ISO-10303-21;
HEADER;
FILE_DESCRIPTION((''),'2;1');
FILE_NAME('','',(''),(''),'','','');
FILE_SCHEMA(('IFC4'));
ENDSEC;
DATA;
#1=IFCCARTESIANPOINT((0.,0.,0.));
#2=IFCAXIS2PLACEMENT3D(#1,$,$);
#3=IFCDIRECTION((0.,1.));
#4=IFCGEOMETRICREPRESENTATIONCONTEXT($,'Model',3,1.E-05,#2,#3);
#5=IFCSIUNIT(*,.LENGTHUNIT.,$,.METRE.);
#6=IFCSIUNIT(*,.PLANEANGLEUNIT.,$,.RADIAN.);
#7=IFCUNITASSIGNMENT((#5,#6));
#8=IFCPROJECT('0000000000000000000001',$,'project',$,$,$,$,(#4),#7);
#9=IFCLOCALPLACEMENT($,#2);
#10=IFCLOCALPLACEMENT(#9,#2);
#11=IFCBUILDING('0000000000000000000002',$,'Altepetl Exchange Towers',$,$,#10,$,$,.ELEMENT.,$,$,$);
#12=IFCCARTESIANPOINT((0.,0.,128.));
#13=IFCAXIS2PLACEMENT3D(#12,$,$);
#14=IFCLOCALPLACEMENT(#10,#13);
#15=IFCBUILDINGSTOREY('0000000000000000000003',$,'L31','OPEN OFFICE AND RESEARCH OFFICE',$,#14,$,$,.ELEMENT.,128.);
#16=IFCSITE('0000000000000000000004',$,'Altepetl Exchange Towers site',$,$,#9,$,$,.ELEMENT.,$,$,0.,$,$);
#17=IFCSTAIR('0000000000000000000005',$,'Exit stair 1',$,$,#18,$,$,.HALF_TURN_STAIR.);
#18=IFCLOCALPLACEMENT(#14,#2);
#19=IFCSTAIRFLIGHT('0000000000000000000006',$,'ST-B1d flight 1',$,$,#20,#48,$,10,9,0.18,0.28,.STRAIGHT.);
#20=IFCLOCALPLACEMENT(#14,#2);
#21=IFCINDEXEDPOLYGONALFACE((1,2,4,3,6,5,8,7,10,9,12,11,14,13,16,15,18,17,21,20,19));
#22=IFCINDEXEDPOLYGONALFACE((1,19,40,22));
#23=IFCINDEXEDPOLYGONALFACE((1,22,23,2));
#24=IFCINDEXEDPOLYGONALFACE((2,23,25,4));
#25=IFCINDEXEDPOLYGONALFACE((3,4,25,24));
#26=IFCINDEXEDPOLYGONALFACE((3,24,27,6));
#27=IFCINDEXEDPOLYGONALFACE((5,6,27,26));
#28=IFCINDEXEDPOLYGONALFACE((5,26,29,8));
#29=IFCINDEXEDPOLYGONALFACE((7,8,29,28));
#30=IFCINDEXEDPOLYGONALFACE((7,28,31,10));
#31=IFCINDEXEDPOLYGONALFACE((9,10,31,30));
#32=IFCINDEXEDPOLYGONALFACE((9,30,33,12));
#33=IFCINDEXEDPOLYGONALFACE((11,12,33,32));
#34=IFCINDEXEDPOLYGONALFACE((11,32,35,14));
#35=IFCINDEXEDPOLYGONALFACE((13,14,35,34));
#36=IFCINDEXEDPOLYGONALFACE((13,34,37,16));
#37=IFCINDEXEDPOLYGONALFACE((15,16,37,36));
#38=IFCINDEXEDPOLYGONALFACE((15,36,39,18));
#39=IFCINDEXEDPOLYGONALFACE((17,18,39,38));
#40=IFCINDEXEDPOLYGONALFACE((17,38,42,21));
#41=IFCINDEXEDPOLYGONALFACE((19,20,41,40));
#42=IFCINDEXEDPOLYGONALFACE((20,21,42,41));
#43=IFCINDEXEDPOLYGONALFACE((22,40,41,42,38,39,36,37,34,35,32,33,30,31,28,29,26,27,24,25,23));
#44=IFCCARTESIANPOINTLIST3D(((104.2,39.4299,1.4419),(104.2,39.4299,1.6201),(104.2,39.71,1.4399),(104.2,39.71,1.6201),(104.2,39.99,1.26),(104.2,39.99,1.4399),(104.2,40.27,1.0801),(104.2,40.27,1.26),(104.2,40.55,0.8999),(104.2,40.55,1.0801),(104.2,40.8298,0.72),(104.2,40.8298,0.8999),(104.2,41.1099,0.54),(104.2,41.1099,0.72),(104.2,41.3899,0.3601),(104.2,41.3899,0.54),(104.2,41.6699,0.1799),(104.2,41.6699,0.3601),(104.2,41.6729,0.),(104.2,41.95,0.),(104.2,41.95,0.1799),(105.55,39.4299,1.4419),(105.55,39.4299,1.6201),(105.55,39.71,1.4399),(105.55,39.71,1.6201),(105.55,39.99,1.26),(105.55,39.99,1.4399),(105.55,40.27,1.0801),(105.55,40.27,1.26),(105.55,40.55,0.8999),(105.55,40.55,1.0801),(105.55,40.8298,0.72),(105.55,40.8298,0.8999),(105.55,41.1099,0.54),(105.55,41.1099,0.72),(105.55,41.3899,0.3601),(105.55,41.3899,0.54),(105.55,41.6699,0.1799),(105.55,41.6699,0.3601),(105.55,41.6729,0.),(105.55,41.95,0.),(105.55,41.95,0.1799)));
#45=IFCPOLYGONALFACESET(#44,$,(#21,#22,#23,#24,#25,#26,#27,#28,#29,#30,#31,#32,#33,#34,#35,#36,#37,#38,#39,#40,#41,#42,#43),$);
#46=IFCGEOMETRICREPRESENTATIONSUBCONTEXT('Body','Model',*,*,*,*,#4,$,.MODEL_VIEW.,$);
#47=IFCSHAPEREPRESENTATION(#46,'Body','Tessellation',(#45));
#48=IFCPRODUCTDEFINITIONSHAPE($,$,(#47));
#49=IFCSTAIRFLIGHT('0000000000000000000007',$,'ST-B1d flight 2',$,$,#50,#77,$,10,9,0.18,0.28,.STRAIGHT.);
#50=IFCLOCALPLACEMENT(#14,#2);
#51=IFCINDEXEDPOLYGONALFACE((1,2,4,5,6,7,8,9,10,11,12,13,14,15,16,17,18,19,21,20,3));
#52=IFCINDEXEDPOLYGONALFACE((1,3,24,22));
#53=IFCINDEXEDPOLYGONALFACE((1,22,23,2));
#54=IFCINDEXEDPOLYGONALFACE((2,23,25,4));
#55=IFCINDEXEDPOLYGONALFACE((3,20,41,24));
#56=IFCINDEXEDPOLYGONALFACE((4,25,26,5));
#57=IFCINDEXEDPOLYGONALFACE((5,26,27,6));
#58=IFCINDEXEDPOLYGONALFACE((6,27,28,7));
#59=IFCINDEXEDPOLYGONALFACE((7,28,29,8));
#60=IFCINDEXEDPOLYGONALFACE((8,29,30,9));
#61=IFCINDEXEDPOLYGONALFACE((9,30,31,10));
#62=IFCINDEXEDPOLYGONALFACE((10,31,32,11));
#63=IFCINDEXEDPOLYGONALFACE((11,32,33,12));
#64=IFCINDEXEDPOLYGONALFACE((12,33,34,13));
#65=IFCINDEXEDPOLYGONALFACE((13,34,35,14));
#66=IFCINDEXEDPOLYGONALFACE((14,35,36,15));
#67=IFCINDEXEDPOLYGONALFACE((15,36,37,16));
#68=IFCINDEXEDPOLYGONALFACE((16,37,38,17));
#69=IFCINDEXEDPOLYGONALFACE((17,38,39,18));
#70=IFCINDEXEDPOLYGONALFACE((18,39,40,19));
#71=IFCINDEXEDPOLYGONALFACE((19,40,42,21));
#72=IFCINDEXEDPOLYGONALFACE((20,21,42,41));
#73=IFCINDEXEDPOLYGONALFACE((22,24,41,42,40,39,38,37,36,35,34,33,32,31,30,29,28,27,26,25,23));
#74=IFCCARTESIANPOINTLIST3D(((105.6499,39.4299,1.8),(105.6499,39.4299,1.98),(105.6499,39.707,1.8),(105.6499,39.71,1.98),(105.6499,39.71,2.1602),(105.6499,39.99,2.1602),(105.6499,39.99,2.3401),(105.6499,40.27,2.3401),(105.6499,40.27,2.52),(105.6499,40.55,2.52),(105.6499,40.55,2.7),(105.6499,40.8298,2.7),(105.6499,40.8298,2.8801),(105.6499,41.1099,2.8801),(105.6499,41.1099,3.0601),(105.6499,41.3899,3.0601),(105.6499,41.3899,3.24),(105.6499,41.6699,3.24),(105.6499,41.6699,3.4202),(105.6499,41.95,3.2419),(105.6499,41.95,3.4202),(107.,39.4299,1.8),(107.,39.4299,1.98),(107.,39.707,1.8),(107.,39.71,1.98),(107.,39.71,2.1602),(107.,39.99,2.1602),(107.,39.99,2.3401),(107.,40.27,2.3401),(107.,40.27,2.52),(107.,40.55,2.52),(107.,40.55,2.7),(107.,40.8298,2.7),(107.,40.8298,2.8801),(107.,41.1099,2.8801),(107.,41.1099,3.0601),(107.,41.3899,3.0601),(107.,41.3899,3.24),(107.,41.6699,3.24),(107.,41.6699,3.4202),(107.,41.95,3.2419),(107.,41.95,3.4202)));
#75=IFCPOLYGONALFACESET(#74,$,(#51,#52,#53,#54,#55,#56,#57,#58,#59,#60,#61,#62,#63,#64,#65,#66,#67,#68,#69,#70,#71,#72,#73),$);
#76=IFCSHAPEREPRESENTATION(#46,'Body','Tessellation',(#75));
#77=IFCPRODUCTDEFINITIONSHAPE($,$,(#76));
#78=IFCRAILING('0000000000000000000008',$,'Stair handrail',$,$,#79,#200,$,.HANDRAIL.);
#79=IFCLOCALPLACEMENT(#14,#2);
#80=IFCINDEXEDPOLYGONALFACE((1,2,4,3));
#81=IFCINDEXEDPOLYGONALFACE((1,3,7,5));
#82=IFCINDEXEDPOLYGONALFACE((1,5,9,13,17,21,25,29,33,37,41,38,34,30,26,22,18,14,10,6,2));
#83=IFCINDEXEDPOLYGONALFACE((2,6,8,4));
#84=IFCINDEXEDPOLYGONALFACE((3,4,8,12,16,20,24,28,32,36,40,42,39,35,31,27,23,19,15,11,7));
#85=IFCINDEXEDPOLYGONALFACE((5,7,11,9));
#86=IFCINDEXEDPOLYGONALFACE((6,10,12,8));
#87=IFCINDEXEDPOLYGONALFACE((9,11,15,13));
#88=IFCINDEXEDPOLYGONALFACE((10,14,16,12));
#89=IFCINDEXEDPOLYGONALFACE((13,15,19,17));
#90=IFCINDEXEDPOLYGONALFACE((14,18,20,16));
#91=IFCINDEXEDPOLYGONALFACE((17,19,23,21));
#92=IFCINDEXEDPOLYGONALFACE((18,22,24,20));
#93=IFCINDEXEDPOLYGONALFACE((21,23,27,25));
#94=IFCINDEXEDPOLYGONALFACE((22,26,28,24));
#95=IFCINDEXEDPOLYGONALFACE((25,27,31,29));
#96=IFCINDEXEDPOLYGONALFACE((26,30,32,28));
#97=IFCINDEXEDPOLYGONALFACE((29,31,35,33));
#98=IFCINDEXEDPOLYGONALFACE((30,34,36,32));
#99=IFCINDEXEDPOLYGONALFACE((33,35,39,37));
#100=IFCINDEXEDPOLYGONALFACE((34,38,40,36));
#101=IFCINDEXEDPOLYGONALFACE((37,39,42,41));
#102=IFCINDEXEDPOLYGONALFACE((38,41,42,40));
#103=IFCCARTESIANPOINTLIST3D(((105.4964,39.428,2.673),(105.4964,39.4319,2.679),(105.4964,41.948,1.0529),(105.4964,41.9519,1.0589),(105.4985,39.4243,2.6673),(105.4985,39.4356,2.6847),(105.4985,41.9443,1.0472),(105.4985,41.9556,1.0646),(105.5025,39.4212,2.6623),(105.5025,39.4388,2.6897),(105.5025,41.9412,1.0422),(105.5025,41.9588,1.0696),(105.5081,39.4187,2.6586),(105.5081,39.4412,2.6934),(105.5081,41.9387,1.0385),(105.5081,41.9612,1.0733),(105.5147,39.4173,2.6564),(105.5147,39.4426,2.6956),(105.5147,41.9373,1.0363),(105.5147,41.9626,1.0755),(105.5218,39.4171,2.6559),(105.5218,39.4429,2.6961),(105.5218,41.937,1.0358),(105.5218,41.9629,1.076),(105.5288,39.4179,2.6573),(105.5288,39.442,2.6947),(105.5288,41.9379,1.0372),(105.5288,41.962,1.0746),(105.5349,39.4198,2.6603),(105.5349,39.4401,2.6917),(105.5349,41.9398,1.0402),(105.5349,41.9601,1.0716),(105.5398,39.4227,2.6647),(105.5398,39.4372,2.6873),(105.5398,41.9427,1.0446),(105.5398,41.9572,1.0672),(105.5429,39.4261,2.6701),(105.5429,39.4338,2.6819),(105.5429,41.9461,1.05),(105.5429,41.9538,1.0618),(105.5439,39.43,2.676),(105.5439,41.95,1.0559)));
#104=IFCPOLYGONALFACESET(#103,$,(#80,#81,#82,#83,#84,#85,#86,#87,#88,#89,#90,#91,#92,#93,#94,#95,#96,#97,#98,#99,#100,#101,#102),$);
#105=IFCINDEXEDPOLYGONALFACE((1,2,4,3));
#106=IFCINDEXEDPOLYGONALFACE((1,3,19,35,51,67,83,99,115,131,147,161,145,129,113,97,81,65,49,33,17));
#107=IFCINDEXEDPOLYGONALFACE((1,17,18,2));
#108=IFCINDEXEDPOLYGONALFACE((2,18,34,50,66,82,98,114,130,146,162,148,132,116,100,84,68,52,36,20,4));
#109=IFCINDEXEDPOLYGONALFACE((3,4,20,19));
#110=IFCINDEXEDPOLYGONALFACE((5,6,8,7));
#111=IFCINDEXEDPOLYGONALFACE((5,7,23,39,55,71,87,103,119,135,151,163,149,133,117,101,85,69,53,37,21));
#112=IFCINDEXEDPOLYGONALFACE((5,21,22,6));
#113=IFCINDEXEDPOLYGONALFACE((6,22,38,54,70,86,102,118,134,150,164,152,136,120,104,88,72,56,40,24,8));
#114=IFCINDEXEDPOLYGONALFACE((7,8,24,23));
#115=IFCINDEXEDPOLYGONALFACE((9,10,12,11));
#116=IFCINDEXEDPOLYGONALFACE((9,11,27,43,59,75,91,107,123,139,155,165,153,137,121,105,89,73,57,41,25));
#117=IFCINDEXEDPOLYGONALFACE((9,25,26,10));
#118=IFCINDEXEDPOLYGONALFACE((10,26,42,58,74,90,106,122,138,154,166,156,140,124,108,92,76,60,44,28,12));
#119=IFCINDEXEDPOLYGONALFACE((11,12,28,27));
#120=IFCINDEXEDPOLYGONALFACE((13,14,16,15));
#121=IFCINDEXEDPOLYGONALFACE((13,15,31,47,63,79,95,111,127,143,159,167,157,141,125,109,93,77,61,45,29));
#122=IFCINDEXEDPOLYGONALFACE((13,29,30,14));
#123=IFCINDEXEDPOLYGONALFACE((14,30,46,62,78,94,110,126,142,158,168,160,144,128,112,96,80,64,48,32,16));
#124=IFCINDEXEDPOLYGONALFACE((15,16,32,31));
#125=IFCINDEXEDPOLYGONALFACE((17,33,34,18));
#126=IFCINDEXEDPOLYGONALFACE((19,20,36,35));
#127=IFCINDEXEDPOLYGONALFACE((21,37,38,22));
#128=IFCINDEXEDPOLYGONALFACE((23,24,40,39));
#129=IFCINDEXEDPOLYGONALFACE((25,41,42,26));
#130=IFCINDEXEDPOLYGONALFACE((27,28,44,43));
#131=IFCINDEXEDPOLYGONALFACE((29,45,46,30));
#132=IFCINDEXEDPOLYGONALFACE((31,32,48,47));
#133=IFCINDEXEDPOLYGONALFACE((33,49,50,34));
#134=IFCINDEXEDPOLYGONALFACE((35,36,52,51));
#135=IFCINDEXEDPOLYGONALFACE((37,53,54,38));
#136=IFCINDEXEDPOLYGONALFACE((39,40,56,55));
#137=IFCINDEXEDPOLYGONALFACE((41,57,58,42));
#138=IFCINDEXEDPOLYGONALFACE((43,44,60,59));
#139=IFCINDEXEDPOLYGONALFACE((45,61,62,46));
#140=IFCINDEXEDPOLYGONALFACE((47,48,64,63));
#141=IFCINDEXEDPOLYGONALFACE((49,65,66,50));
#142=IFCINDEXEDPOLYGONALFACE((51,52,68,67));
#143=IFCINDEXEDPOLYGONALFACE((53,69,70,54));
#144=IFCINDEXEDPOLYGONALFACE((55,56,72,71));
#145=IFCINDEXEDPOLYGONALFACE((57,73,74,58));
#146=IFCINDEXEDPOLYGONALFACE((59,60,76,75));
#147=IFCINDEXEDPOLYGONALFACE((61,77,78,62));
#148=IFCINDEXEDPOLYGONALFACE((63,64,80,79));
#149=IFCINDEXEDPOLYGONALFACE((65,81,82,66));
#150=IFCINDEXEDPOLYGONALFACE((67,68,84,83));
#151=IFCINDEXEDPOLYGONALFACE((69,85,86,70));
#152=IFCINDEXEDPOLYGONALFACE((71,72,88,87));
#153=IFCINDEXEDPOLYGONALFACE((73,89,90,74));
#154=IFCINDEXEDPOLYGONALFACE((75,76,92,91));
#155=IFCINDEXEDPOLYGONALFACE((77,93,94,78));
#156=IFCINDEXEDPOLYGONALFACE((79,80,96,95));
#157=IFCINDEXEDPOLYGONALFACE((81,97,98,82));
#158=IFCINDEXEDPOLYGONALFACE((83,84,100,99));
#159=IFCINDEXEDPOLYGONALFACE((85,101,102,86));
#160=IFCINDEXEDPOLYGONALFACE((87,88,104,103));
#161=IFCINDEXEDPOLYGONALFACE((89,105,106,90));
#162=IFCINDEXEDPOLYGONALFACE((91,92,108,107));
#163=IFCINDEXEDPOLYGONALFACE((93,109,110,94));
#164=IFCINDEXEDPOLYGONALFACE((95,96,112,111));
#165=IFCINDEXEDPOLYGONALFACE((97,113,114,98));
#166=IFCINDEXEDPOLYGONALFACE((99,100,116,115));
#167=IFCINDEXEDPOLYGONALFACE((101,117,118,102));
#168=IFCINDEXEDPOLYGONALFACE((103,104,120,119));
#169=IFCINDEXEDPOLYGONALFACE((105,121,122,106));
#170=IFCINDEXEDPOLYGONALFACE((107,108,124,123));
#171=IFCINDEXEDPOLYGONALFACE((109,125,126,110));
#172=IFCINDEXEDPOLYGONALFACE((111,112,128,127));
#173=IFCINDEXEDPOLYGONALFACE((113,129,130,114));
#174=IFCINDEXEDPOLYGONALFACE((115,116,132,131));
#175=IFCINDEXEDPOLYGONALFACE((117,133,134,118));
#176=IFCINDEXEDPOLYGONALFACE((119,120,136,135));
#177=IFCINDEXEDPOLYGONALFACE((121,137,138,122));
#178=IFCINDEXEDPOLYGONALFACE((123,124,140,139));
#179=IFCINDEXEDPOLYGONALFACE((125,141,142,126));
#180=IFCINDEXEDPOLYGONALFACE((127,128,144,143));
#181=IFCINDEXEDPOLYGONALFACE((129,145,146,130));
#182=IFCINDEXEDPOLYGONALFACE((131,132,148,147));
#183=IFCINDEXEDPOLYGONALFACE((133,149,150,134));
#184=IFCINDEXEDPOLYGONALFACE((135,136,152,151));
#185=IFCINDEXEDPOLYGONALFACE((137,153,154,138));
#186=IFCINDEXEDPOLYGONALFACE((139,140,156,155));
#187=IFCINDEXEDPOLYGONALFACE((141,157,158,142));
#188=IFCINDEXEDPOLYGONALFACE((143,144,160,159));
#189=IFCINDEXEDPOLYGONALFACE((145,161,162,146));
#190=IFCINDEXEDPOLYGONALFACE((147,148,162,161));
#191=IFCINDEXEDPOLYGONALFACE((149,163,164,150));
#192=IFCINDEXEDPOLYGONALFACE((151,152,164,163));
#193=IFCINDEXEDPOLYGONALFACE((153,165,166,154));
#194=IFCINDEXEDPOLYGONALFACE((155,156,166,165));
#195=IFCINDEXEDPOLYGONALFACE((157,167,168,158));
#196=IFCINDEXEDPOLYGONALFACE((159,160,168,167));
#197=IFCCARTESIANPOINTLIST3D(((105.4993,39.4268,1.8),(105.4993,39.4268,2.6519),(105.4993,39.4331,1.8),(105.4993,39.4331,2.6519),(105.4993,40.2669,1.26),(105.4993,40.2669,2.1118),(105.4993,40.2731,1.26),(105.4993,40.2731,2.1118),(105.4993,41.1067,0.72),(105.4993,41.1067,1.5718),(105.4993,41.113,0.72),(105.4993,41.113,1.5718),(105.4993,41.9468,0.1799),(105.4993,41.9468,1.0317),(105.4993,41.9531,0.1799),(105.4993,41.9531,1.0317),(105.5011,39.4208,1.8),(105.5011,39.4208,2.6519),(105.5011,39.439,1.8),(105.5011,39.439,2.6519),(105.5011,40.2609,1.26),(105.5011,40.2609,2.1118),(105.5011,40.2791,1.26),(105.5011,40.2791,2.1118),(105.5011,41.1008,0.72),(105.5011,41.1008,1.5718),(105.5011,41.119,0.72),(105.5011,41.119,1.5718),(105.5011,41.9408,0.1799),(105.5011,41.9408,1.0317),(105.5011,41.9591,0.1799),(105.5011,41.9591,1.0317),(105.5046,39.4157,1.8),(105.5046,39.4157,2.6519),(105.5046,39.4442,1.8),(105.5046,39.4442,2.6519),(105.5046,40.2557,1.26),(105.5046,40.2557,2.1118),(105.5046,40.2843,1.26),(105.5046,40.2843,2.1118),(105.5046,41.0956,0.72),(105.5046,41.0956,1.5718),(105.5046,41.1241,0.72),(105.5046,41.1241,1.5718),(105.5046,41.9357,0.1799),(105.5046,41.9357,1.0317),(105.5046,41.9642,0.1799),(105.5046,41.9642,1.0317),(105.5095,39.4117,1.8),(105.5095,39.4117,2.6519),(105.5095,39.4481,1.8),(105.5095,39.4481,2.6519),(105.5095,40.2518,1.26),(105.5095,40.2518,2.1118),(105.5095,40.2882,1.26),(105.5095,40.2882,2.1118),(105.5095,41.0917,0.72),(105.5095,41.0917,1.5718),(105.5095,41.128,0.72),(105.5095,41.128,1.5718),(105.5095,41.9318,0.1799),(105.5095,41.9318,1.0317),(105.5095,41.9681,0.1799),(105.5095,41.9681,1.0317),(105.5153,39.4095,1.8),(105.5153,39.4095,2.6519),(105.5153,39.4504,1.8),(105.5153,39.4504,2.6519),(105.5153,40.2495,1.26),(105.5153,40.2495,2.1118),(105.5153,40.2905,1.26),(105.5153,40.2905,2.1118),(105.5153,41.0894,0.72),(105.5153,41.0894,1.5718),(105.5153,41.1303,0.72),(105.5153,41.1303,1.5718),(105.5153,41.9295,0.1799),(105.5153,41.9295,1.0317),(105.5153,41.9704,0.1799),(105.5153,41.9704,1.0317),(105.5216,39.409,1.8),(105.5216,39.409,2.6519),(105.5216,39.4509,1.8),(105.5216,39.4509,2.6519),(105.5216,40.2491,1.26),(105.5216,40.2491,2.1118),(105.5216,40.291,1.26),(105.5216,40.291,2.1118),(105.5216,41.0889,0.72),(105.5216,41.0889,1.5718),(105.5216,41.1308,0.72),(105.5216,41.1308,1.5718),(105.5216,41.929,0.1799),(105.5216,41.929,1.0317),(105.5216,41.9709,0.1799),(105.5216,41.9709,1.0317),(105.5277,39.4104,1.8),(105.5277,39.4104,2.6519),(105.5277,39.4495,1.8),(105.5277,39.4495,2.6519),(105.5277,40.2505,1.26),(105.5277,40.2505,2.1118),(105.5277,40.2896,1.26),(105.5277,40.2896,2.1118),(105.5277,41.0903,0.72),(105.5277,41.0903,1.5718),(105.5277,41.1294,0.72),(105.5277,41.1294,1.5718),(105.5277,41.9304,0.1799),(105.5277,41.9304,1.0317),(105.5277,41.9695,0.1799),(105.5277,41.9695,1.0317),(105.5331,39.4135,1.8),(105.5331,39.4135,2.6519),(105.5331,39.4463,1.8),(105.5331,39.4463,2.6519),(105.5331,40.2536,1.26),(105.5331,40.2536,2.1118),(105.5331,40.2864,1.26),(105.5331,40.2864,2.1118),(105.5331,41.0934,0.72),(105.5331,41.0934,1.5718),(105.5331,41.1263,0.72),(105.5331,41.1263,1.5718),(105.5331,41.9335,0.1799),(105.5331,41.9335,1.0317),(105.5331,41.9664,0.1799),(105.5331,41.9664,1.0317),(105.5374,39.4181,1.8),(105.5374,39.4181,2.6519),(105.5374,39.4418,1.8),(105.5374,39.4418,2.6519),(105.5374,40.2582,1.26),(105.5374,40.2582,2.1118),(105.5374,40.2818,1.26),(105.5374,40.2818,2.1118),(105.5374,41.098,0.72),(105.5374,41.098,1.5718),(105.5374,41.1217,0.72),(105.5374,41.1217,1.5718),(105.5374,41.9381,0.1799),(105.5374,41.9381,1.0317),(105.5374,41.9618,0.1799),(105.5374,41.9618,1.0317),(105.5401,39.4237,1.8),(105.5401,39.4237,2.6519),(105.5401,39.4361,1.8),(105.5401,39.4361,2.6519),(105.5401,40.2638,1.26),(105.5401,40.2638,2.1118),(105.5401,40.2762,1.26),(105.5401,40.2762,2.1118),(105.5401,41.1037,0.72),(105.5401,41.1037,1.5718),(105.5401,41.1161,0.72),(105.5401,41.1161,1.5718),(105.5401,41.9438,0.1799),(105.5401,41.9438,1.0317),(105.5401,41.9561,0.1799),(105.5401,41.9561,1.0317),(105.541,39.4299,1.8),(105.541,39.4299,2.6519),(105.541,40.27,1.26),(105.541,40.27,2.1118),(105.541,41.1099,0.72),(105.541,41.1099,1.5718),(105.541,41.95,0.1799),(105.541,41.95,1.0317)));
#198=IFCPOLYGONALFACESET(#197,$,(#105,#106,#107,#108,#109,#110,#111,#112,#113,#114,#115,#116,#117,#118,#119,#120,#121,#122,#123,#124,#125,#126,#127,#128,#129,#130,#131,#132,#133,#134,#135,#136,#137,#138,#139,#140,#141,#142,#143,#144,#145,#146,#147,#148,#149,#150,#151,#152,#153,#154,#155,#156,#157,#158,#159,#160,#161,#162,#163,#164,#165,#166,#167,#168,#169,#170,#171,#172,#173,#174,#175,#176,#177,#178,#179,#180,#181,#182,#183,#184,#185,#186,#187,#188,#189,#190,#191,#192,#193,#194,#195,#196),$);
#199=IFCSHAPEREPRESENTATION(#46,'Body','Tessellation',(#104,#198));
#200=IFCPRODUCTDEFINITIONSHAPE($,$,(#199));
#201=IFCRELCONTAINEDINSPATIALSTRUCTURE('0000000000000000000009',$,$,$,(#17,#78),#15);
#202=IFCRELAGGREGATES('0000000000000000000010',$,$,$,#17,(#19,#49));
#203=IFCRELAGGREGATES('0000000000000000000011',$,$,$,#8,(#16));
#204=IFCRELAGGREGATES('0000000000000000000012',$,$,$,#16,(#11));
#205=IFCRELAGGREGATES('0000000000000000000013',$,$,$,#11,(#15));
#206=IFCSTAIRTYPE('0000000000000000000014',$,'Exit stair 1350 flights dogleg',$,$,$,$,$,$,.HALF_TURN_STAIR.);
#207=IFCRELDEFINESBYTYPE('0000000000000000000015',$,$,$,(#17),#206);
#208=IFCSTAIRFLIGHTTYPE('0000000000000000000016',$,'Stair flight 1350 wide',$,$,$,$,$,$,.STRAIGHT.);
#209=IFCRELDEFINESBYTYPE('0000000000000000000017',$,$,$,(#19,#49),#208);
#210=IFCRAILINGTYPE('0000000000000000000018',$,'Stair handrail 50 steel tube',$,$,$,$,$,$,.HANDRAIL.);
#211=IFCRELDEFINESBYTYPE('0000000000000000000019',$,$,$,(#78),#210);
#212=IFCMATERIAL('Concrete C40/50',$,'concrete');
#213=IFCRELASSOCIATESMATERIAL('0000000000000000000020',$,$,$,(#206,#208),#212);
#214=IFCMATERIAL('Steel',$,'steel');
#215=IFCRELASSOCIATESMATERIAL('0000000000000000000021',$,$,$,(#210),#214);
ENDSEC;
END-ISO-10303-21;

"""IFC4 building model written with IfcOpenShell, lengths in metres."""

from ifc_helpers import new_model, si_unit, direction, frame, origin, origin_2d, place, context, subcontext, project, spatial, polyline, circle, outline, extrude, source, transform, mapped, material, type_object, element, aggregate, save


model = new_model("IFC4")

# Units and contexts
model_context = context("Model", 3, precision=1e-05, world=origin(), true_north=direction((0.0, 1.0)))
body_context = subcontext(model_context, "Body", "Model", "MODEL_VIEW")
ifc_project = project(units=[si_unit("LENGTHUNIT", "METRE"), si_unit("PLANEANGLEUNIT", "RADIAN")], contexts=[model_context])

# Site, building, storey
site_placement = place(None, origin())
site = spatial("IfcSite", under=ifc_project, at=site_placement, Name="Altepetl Exchange Towers site", CompositionType="ELEMENT", RefElevation=0.0)
building_placement = place(site_placement, origin())
building = spatial("IfcBuilding", under=site, at=building_placement, Name="Altepetl Exchange Towers", CompositionType="ELEMENT")
storey_placement = place(building_placement, frame((0.0, 0.0, 128.0)))
storey = spatial("IfcBuildingStorey", under=building, at=storey_placement, Name="L31", Description="OPEN OFFICE AND RESEARCH OFFICE", CompositionType="ELEMENT", Elevation=128.0)

# Shared definitions
ifc_material_1 = material(Name="Concrete C40/50", Category="concrete")

# Stair, stair flights
stair_type = type_object("IfcStairType", Name="Exit stair 1350 flights dogleg", PredefinedType="HALF_TURN_STAIR", material=ifc_material_1)
stair_placement = place(storey_placement, origin())
stair = element("IfcStair", 1, at=stair_placement, inside=storey, type_object=stair_type, Name="Exit stair 1", PredefinedType="HALF_TURN_STAIR")
stair_flight_type = type_object("IfcStairFlightType", Name="Stair flight 1350 wide", PredefinedType="STRAIGHT", material=ifc_material_1)
stair_flight_1_placement = place(storey_placement, frame((104.875, 41.95, 0.0), z_axis=(0.0, 0.0, 1.0), x_axis=(0.0, -1.0, 0.0)))
stair_flight_1 = element("IfcStairFlight", 2, at=stair_flight_1_placement, type_object=stair_flight_type, Name="ST-B1d flight 1", NumberOfRisers=10, NumberOfTreads=9, PredefinedType="STRAIGHT", RiserHeight=0.18, TreadLength=0.28, context=body_context, shape_type="SweptSolid", body=[
    extrude(outline(polyline([(0.0, 0.0), (0.0, 0.1799), (0.28, 0.1799), (0.28, 0.3601), (0.5601, 0.3601), (0.5601, 0.54), (0.8401, 0.54), (0.8401, 0.72), (1.1201, 0.72), (1.1201, 0.8999), (1.3999, 0.8999), (1.3999, 1.0801), (1.6799, 1.0801), (1.6799, 1.26), (1.96, 1.26), (1.96, 1.4399), (2.24, 1.4399), (2.24, 1.6201), (2.52, 1.6201), (2.52, 1.8), (2.52, 1.4419), (0.2771, 0.0), (0.0, 0.0)])), frame((0.0, 0.675, 0.0), z_axis=(0.0, -1.0, 0.0), x_axis=(1.0, 0.0, 0.0)), (0.0, 0.0, 1.0), 1.3501),
])
stair_flight_2_placement = place(storey_placement, frame((106.325, 39.4299, 1.8), z_axis=(0.0, 0.0, 1.0), x_axis=(0.0, 1.0, 0.0)))
stair_flight_2 = element("IfcStairFlight", 3, at=stair_flight_2_placement, type_object=stair_flight_type, Name="ST-B1d flight 2", NumberOfRisers=10, NumberOfTreads=9, PredefinedType="STRAIGHT", RiserHeight=0.18, TreadLength=0.28, context=body_context, shape_type="SweptSolid", body=[
    extrude(outline(polyline([(0.0, 0.0), (0.0, 0.1799), (0.28, 0.1799), (0.28, 0.3601), (0.5601, 0.3601), (0.5601, 0.54), (0.8401, 0.54), (0.8401, 0.72), (1.1201, 0.72), (1.1201, 0.8999), (1.3999, 0.8999), (1.3999, 1.0801), (1.6799, 1.0801), (1.6799, 1.26), (1.96, 1.26), (1.96, 1.4399), (2.24, 1.4399), (2.24, 1.6201), (2.52, 1.6201), (2.52, 1.8), (2.52, 1.4419), (0.2771, 0.0), (0.0, 0.0)])), frame((0.0, 0.675, 0.0), z_axis=(0.0, -1.0, 0.0), x_axis=(1.0, 0.0, 0.0)), (0.0, 0.0, 1.0), 1.3501),
])
aggregate(stair, [stair_flight_1, stair_flight_2])

# Railing
ifc_material_2 = material(Name="Steel", Category="steel")
railing_type = type_object("IfcRailingType", Name="Stair handrail 50 steel tube", PredefinedType="HANDRAIL", material=ifc_material_2)
shared_shape = source(origin(), body_context, "Body", "SweptSolid", [
    extrude(circle(Radius=0.021, at=origin_2d()), origin(), (0.0, 0.0, 1.0), 0.8518),
])
railing_1_placement = place(storey_placement, frame((105.52, 41.95, 0.1799)))
element("IfcRailing", 4, at=railing_1_placement, inside=storey, type_object=railing_type, Name="Stair handrail", PredefinedType="HANDRAIL", context=body_context, shape_type="SweptSolid", body=[
    extrude(circle(Radius=0.0239, at=origin_2d()), frame((0.0, 0.0, 0.876), z_axis=(0.0, -0.841163, 0.540782), x_axis=(1.0, 0.0, 0.0)), (0.0, 0.0, 1.0), 2.9958),
    mapped(shared_shape, transform((0.0, 0.0, 0.0))),
    mapped(shared_shape, transform((0.0, -0.8401, 0.54))),
    mapped(shared_shape, transform((0.0, -1.6799, 1.0801))),
    mapped(shared_shape, transform((0.0, -2.52, 1.6201))),
])

save(model, "model.ifc")
